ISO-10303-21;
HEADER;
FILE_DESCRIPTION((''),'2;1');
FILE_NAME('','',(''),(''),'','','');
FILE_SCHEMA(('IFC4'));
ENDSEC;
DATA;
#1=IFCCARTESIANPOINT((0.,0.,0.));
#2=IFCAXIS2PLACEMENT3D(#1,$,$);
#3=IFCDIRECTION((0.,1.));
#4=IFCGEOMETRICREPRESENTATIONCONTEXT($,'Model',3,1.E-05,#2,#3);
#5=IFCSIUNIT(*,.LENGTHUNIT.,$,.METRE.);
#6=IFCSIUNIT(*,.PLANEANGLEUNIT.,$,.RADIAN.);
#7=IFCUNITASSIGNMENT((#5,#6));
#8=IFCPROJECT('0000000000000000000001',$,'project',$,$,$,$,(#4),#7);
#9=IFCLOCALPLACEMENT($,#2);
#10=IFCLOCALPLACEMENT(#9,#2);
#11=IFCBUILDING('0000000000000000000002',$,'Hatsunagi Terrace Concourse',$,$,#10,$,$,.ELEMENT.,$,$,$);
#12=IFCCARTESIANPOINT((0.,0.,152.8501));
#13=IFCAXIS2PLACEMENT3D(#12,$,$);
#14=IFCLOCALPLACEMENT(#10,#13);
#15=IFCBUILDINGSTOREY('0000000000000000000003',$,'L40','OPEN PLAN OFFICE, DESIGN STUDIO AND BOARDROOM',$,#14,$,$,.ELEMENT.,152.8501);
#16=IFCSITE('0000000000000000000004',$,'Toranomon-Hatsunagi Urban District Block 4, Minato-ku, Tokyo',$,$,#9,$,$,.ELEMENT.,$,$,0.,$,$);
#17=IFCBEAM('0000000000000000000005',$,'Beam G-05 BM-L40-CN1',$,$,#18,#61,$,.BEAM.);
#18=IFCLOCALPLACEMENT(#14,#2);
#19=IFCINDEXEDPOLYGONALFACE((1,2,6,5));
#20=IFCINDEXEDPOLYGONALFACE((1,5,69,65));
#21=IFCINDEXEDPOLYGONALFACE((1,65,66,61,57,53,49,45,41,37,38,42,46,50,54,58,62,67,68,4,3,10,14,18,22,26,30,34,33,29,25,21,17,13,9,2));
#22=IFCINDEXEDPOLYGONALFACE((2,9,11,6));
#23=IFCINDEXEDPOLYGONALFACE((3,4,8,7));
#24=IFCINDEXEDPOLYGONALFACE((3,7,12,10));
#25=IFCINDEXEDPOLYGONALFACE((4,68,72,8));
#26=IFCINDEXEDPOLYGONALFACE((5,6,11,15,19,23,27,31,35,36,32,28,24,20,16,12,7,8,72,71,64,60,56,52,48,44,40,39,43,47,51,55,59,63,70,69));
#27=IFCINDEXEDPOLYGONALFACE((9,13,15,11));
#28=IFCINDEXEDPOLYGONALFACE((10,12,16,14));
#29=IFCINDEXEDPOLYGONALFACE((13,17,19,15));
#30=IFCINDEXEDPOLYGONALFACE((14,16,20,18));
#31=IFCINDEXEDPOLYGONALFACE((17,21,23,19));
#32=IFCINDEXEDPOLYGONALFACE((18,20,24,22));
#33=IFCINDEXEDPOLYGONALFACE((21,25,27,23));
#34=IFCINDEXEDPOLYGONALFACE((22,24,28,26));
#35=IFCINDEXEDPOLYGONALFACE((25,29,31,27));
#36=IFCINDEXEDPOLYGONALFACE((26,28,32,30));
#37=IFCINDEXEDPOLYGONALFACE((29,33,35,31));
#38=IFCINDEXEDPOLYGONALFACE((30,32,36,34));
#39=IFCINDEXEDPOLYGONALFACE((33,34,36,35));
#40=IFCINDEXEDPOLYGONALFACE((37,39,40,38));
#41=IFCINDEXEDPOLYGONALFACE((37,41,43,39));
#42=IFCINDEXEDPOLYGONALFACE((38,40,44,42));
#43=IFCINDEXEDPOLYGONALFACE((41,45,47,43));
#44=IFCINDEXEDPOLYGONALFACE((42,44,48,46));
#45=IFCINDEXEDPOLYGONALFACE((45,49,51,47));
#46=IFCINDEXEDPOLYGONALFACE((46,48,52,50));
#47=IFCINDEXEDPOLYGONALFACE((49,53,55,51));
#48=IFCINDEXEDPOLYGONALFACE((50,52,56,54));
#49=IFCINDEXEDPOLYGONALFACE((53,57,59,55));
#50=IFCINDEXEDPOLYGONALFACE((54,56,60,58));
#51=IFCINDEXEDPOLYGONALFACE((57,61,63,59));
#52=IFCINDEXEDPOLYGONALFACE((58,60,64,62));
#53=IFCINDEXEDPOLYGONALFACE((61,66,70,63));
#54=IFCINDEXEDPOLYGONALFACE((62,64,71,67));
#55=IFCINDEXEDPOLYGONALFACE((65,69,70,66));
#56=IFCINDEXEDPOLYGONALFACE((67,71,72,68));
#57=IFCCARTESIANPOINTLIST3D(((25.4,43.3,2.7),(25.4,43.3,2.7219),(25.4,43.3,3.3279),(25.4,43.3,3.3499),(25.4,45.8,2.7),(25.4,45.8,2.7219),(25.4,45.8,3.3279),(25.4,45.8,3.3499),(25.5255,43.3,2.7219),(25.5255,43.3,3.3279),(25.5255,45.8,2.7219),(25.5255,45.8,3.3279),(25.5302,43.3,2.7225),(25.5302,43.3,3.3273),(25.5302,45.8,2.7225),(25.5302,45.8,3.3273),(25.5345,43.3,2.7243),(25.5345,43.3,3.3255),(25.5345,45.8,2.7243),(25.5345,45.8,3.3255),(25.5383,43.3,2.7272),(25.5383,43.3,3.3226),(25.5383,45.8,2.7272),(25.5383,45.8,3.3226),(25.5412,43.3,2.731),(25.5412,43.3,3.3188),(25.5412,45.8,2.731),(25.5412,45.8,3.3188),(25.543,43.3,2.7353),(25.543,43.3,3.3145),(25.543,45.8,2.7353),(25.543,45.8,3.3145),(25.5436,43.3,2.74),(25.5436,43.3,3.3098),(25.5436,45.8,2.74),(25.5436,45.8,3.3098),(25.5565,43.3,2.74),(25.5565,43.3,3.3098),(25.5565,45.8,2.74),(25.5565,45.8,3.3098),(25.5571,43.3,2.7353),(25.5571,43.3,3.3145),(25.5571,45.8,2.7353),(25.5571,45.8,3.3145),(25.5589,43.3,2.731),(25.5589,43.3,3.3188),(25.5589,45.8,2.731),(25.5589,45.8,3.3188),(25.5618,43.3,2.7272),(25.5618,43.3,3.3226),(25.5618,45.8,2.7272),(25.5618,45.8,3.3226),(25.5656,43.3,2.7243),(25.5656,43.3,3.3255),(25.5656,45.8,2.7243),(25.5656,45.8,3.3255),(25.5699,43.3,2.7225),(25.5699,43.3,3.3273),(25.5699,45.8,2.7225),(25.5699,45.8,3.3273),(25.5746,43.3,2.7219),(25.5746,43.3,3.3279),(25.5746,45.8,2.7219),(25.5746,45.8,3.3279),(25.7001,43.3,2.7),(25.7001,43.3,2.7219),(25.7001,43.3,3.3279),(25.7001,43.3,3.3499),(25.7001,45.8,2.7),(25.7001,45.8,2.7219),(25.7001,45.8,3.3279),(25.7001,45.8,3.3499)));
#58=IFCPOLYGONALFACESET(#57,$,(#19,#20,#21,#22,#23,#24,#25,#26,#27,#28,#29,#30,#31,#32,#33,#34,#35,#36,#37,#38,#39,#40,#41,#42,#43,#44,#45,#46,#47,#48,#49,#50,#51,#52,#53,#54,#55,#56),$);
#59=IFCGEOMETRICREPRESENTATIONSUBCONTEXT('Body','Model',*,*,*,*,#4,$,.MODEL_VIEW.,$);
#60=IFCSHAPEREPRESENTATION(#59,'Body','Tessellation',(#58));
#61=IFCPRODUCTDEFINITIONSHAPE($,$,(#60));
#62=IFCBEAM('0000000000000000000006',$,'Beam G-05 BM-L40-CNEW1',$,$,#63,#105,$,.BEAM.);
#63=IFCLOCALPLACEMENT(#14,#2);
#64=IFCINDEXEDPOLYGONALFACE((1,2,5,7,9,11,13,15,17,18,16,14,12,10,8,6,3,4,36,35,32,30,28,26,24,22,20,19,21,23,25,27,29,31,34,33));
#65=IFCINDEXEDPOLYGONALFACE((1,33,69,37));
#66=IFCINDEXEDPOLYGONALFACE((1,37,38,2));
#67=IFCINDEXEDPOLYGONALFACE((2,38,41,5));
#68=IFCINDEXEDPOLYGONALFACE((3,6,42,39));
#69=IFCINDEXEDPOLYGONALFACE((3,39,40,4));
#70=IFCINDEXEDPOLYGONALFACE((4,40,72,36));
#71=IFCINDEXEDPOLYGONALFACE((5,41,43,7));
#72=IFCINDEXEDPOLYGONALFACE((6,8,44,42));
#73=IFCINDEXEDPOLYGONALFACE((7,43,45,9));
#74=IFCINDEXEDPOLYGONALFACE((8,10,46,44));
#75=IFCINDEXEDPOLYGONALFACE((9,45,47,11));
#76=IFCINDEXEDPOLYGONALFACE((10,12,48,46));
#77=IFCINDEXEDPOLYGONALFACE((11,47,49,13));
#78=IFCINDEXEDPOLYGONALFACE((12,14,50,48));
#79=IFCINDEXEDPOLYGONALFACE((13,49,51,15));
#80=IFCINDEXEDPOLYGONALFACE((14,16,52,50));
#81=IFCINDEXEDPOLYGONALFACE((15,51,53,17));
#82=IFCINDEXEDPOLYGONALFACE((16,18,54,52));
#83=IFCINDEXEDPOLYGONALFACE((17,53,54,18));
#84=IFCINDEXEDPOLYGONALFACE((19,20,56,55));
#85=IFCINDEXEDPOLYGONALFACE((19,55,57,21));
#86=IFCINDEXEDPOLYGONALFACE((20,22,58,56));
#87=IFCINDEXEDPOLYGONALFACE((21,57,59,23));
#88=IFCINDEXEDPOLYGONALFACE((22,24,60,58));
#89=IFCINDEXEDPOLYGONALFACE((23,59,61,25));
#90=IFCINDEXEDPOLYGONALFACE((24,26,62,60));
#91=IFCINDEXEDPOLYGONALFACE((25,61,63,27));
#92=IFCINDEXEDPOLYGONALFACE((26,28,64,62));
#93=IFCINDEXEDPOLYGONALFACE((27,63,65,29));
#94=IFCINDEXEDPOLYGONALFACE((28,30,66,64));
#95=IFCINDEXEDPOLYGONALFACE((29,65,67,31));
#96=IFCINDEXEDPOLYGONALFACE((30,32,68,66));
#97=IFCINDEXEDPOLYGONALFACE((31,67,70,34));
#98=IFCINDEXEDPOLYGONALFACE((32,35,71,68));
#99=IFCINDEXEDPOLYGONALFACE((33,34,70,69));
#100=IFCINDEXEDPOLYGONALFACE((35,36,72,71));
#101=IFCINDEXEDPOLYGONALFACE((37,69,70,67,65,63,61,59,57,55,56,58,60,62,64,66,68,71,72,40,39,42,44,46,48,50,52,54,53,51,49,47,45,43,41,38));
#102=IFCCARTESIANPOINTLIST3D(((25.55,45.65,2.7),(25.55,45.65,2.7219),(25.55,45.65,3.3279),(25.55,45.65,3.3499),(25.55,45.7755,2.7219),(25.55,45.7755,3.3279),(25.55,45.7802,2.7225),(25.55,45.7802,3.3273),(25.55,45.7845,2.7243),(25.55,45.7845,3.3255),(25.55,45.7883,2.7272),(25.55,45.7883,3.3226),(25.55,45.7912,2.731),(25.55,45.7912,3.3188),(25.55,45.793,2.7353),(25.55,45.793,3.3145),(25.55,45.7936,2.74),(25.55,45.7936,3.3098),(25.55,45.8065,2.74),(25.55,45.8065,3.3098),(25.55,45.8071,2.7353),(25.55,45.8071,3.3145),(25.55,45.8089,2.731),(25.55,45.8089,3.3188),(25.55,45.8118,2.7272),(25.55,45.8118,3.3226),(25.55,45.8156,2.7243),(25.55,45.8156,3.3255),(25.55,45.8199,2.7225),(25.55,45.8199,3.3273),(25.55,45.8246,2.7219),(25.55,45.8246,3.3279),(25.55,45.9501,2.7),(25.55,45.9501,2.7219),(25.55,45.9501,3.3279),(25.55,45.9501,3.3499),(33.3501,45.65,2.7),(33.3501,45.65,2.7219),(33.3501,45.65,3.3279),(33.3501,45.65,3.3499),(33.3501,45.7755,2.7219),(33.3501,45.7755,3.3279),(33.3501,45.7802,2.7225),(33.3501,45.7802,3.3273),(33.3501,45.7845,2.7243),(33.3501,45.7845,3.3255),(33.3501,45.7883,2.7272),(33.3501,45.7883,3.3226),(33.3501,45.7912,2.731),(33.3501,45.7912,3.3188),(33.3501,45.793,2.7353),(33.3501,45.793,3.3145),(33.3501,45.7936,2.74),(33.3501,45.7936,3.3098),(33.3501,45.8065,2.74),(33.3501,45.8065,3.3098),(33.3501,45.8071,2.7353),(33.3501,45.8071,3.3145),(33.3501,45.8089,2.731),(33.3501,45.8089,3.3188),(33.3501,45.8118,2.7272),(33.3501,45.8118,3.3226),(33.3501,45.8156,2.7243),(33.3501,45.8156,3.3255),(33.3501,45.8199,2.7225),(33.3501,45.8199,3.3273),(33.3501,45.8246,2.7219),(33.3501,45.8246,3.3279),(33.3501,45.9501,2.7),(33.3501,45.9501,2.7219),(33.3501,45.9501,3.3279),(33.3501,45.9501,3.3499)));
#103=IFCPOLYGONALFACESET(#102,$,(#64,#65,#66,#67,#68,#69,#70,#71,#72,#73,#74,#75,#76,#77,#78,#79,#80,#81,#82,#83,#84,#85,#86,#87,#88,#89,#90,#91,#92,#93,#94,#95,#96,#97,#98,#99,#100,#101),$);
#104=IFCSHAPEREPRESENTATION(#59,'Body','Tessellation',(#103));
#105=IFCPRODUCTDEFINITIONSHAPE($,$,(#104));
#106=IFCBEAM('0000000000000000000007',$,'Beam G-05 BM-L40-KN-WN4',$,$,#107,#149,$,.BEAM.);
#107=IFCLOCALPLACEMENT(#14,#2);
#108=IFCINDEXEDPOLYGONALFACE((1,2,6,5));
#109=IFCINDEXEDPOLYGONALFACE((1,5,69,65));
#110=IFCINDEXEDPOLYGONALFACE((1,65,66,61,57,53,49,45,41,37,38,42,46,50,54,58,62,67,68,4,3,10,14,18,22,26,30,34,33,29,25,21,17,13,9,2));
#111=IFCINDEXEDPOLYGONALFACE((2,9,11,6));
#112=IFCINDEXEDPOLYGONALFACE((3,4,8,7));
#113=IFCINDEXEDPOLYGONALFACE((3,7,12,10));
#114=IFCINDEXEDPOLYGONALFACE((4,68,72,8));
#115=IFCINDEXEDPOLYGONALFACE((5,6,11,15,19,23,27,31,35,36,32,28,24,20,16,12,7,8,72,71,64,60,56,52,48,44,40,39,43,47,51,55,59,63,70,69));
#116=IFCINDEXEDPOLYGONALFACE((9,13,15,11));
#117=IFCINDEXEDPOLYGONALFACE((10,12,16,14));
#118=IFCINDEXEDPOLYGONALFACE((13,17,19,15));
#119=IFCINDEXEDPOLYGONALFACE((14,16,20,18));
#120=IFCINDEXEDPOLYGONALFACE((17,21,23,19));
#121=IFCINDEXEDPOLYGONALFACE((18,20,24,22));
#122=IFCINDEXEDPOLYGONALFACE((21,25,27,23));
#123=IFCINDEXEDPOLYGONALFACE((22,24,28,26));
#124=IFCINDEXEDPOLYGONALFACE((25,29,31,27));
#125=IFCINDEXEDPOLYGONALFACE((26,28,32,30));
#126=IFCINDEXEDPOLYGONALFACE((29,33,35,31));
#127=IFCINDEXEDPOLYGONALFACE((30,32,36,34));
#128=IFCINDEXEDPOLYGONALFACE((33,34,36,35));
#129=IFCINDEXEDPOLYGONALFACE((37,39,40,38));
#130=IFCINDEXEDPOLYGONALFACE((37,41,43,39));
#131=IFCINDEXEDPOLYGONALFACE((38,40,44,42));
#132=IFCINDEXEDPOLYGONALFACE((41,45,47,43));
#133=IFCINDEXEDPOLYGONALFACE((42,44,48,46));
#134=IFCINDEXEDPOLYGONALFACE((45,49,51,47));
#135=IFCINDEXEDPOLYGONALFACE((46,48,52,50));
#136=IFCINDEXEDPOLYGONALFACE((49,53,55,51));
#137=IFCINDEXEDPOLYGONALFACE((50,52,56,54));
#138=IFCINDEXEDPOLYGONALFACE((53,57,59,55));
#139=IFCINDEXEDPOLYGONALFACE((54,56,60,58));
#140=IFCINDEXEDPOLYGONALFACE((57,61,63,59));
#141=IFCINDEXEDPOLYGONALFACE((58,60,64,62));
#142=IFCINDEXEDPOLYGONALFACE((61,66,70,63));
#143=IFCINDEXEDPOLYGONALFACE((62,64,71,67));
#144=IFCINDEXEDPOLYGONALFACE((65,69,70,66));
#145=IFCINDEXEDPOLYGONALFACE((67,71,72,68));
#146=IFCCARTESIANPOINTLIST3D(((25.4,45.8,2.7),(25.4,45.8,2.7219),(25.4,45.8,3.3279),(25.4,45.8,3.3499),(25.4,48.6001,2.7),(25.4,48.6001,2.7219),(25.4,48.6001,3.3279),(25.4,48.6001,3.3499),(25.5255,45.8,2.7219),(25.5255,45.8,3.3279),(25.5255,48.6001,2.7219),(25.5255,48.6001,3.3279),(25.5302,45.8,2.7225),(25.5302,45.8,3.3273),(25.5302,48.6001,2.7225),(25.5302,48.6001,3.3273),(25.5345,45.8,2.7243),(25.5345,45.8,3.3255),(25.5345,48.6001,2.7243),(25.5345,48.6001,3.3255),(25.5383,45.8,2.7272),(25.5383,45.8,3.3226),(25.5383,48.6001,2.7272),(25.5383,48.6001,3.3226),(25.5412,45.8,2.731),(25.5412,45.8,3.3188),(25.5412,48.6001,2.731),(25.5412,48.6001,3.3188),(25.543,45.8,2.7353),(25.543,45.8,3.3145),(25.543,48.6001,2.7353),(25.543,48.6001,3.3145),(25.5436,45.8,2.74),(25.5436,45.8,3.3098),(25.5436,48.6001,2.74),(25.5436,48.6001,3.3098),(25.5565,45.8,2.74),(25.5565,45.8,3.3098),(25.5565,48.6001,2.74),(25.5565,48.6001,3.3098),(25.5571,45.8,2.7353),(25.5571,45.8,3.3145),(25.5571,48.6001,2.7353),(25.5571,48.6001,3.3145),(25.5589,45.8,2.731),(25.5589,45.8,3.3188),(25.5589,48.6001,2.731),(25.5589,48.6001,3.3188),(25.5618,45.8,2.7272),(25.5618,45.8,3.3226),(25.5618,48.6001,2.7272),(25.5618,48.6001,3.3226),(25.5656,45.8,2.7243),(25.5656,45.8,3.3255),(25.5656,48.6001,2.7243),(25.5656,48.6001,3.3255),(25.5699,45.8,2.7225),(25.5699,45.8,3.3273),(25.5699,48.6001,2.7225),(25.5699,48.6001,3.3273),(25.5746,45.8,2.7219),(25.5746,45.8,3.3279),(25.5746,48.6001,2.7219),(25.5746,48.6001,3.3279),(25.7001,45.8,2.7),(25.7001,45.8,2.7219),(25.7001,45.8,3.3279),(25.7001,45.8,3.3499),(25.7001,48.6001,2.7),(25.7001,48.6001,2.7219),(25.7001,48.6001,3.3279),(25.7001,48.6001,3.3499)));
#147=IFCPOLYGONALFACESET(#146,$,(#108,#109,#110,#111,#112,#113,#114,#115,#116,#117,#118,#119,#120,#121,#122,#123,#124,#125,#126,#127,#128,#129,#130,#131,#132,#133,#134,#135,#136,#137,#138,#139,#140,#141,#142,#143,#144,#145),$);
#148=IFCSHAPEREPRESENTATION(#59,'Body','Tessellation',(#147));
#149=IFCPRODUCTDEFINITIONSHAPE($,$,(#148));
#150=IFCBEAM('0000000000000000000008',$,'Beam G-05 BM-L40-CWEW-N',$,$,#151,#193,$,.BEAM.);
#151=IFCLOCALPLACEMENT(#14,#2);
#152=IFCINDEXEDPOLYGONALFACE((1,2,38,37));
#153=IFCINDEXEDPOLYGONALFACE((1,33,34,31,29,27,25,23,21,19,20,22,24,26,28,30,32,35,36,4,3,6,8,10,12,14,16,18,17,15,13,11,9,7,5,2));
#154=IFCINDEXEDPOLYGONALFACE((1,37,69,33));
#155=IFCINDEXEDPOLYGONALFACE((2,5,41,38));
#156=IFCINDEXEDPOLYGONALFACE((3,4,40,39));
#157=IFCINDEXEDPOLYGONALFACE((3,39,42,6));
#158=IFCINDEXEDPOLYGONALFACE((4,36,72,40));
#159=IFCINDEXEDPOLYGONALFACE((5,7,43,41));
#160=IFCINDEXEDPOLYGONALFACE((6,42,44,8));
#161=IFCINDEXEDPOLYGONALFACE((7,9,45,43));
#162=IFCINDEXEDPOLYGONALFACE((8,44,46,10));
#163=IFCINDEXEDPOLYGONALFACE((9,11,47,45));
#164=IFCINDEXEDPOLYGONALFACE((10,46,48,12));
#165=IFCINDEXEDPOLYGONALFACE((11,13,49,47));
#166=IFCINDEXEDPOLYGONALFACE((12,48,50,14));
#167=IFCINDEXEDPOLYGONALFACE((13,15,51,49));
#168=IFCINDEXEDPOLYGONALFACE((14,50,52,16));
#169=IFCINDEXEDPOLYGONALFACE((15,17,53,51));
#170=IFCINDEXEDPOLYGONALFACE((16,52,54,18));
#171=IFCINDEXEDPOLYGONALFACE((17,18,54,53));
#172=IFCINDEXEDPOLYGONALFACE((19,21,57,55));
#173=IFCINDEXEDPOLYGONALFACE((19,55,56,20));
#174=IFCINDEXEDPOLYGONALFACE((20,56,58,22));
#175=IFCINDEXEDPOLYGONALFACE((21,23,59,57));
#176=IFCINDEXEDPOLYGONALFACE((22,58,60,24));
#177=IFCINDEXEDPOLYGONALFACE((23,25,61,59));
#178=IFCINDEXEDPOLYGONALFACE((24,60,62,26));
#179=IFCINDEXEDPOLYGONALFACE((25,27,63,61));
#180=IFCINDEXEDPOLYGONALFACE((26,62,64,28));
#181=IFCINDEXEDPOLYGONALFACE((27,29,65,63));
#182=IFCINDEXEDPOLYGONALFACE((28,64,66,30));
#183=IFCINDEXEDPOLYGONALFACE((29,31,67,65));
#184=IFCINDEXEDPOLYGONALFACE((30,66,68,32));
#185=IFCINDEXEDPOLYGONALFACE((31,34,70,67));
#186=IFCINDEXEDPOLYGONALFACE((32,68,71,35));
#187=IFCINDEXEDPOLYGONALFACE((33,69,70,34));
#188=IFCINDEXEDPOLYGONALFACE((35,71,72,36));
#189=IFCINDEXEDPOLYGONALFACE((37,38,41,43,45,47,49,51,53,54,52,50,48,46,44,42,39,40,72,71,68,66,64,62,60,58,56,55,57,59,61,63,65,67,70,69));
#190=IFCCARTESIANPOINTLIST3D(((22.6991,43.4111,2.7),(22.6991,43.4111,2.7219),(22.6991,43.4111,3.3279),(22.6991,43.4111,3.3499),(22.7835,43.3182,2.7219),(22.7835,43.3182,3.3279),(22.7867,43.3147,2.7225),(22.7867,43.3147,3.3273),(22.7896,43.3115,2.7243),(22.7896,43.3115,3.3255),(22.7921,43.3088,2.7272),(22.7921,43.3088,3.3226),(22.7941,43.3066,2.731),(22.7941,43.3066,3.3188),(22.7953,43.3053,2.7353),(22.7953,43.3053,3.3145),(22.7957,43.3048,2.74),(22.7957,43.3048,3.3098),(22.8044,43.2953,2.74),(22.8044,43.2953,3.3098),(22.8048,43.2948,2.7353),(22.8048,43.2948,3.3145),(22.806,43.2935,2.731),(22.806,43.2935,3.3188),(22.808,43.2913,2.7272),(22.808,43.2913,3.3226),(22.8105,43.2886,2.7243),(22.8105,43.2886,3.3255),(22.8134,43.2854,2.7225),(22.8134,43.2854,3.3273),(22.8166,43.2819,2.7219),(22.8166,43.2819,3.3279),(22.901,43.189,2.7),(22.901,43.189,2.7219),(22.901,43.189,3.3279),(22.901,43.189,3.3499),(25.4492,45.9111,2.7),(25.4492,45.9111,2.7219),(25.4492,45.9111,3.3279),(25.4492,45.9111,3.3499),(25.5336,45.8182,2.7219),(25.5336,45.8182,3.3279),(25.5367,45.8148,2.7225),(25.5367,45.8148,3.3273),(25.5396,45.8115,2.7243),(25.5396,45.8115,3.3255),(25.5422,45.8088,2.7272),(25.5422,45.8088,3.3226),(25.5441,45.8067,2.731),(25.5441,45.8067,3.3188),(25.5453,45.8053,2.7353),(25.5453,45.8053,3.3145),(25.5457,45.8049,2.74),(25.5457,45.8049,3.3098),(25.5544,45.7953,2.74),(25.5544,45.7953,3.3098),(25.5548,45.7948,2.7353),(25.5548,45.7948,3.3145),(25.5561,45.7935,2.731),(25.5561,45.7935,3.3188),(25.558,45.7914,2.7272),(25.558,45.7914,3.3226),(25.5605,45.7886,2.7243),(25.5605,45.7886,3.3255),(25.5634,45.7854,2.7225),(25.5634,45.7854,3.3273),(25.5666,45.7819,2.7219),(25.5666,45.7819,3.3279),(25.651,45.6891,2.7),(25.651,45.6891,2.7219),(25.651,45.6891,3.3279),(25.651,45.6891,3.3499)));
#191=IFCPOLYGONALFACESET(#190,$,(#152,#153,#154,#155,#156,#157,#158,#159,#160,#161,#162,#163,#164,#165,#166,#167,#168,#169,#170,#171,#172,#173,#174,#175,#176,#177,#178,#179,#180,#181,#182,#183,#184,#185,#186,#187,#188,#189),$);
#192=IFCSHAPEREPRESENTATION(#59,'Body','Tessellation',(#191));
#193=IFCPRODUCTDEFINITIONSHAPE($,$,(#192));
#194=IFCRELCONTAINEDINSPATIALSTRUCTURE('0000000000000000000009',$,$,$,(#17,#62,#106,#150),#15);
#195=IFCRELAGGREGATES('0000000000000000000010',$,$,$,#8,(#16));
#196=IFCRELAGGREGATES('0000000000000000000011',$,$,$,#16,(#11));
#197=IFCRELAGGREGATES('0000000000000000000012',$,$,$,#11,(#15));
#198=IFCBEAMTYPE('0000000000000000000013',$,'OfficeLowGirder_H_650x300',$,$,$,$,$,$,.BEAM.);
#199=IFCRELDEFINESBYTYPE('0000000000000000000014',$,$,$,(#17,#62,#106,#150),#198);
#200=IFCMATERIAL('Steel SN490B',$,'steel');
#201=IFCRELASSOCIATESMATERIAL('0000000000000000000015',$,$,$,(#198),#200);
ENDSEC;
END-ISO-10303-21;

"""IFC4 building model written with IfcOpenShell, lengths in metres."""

from ifc_helpers import new_model, si_unit, direction, frame, origin, origin_2d, place, context, subcontext, project, spatial, i_section, extrude, material, material_profile, profile_set, type_object, element, save


model = new_model("IFC4")

# Units and contexts
model_context = context("Model", 3, precision=1e-05, world=origin(), true_north=direction((0.0, 1.0)))
body_context = subcontext(model_context, "Body", "Model", "MODEL_VIEW")
ifc_project = project(units=[si_unit("LENGTHUNIT", "METRE"), si_unit("PLANEANGLEUNIT", "RADIAN")], contexts=[model_context])

# Site, building, storey
site_placement = place(None, origin())
site = spatial("IfcSite", under=ifc_project, at=site_placement, Name="Toranomon-Hatsunagi Urban District Block 4, Minato-ku, Tokyo", CompositionType="ELEMENT", RefElevation=0.0)
building_placement = place(site_placement, origin())
building = spatial("IfcBuilding", under=site, at=building_placement, Name="Hatsunagi Terrace Concourse", CompositionType="ELEMENT")
storey_placement = place(building_placement, frame((0.0, 0.0, 152.8501)))
storey = spatial("IfcBuildingStorey", under=building, at=storey_placement, Name="L40", Description="OPEN PLAN OFFICE, DESIGN STUDIO AND BOARDROOM", CompositionType="ELEMENT", Elevation=152.8501)

# Beams
ifc_material_1 = material(Name="Steel SN490B", Category="steel")
ifc_material_profile_1 = material_profile(ifc_material_1, i_section(OverallWidth=0.3, OverallDepth=0.6499, WebThickness=0.0129, FlangeThickness=0.022, FilletRadius=0.0181, at=origin_2d()), Name="H-650x300x13x22")
ifc_profile_set_1 = profile_set([ifc_material_profile_1], Name="Steel SN490B")
beam_type_1 = type_object("IfcBeamType", Name="OfficeLowGirder_H_650x300", PredefinedType="BEAM", material=ifc_profile_set_1)
beam_1_placement = place(storey_placement, frame((25.55, 43.3, 3.0249), z_axis=(0.0, 1.0, 0.0), x_axis=(-1.0, 0.0, 0.0)))
element("IfcBeam", 1, at=beam_1_placement, inside=storey, type_object=beam_type_1, Name="Beam G-05 BM-L40-CN1", PredefinedType="BEAM", context=body_context, shape_type="SweptSolid", body=[
    extrude(i_section(OverallWidth=0.3, OverallDepth=0.6499, WebThickness=0.0129, FlangeThickness=0.022, FilletRadius=0.0181, at=origin_2d()), origin(), (0.0, 0.0, 1.0), 2.5),
])
beam_2_placement = place(storey_placement, frame((25.55, 45.8, 3.0249), z_axis=(1.0, 0.0, 0.0), x_axis=(0.0, 1.0, 0.0)))
element("IfcBeam", 2, at=beam_2_placement, inside=storey, type_object=beam_type_1, Name="Beam G-05 BM-L40-CNEW1", PredefinedType="BEAM", context=body_context, shape_type="SweptSolid", body=[
    extrude(i_section(OverallWidth=0.3, OverallDepth=0.6499, WebThickness=0.0129, FlangeThickness=0.022, FilletRadius=0.0181, at=origin_2d()), origin(), (0.0, 0.0, 1.0), 7.8),
])
beam_3_placement = place(storey_placement, frame((25.55, 45.8, 3.0249), z_axis=(0.0, 1.0, 0.0), x_axis=(-1.0, 0.0, 0.0)))
element("IfcBeam", 3, at=beam_3_placement, inside=storey, type_object=beam_type_1, Name="Beam G-05 BM-L40-KN-WN4", PredefinedType="BEAM", context=body_context, shape_type="SweptSolid", body=[
    extrude(i_section(OverallWidth=0.3, OverallDepth=0.6499, WebThickness=0.0129, FlangeThickness=0.022, FilletRadius=0.0181, at=origin_2d()), origin(), (0.0, 0.0, 1.0), 2.8),
])
beam_4_placement = place(storey_placement, frame((22.8, 43.3, 3.0249), z_axis=(0.73994, 0.672673, 0.0), x_axis=(-0.672673, 0.73994, 0.0)))
element("IfcBeam", 4, at=beam_4_placement, inside=storey, type_object=beam_type_1, Name="Beam G-05 BM-L40-CWEW-N", PredefinedType="BEAM", context=body_context, shape_type="SweptSolid", body=[
    extrude(i_section(OverallWidth=0.3, OverallDepth=0.6499, WebThickness=0.0129, FlangeThickness=0.022, FilletRadius=0.0181, at=origin_2d()), origin(), (0.0, 0.0, 1.0), 3.7166),
])

save(model, "model.ifc")
